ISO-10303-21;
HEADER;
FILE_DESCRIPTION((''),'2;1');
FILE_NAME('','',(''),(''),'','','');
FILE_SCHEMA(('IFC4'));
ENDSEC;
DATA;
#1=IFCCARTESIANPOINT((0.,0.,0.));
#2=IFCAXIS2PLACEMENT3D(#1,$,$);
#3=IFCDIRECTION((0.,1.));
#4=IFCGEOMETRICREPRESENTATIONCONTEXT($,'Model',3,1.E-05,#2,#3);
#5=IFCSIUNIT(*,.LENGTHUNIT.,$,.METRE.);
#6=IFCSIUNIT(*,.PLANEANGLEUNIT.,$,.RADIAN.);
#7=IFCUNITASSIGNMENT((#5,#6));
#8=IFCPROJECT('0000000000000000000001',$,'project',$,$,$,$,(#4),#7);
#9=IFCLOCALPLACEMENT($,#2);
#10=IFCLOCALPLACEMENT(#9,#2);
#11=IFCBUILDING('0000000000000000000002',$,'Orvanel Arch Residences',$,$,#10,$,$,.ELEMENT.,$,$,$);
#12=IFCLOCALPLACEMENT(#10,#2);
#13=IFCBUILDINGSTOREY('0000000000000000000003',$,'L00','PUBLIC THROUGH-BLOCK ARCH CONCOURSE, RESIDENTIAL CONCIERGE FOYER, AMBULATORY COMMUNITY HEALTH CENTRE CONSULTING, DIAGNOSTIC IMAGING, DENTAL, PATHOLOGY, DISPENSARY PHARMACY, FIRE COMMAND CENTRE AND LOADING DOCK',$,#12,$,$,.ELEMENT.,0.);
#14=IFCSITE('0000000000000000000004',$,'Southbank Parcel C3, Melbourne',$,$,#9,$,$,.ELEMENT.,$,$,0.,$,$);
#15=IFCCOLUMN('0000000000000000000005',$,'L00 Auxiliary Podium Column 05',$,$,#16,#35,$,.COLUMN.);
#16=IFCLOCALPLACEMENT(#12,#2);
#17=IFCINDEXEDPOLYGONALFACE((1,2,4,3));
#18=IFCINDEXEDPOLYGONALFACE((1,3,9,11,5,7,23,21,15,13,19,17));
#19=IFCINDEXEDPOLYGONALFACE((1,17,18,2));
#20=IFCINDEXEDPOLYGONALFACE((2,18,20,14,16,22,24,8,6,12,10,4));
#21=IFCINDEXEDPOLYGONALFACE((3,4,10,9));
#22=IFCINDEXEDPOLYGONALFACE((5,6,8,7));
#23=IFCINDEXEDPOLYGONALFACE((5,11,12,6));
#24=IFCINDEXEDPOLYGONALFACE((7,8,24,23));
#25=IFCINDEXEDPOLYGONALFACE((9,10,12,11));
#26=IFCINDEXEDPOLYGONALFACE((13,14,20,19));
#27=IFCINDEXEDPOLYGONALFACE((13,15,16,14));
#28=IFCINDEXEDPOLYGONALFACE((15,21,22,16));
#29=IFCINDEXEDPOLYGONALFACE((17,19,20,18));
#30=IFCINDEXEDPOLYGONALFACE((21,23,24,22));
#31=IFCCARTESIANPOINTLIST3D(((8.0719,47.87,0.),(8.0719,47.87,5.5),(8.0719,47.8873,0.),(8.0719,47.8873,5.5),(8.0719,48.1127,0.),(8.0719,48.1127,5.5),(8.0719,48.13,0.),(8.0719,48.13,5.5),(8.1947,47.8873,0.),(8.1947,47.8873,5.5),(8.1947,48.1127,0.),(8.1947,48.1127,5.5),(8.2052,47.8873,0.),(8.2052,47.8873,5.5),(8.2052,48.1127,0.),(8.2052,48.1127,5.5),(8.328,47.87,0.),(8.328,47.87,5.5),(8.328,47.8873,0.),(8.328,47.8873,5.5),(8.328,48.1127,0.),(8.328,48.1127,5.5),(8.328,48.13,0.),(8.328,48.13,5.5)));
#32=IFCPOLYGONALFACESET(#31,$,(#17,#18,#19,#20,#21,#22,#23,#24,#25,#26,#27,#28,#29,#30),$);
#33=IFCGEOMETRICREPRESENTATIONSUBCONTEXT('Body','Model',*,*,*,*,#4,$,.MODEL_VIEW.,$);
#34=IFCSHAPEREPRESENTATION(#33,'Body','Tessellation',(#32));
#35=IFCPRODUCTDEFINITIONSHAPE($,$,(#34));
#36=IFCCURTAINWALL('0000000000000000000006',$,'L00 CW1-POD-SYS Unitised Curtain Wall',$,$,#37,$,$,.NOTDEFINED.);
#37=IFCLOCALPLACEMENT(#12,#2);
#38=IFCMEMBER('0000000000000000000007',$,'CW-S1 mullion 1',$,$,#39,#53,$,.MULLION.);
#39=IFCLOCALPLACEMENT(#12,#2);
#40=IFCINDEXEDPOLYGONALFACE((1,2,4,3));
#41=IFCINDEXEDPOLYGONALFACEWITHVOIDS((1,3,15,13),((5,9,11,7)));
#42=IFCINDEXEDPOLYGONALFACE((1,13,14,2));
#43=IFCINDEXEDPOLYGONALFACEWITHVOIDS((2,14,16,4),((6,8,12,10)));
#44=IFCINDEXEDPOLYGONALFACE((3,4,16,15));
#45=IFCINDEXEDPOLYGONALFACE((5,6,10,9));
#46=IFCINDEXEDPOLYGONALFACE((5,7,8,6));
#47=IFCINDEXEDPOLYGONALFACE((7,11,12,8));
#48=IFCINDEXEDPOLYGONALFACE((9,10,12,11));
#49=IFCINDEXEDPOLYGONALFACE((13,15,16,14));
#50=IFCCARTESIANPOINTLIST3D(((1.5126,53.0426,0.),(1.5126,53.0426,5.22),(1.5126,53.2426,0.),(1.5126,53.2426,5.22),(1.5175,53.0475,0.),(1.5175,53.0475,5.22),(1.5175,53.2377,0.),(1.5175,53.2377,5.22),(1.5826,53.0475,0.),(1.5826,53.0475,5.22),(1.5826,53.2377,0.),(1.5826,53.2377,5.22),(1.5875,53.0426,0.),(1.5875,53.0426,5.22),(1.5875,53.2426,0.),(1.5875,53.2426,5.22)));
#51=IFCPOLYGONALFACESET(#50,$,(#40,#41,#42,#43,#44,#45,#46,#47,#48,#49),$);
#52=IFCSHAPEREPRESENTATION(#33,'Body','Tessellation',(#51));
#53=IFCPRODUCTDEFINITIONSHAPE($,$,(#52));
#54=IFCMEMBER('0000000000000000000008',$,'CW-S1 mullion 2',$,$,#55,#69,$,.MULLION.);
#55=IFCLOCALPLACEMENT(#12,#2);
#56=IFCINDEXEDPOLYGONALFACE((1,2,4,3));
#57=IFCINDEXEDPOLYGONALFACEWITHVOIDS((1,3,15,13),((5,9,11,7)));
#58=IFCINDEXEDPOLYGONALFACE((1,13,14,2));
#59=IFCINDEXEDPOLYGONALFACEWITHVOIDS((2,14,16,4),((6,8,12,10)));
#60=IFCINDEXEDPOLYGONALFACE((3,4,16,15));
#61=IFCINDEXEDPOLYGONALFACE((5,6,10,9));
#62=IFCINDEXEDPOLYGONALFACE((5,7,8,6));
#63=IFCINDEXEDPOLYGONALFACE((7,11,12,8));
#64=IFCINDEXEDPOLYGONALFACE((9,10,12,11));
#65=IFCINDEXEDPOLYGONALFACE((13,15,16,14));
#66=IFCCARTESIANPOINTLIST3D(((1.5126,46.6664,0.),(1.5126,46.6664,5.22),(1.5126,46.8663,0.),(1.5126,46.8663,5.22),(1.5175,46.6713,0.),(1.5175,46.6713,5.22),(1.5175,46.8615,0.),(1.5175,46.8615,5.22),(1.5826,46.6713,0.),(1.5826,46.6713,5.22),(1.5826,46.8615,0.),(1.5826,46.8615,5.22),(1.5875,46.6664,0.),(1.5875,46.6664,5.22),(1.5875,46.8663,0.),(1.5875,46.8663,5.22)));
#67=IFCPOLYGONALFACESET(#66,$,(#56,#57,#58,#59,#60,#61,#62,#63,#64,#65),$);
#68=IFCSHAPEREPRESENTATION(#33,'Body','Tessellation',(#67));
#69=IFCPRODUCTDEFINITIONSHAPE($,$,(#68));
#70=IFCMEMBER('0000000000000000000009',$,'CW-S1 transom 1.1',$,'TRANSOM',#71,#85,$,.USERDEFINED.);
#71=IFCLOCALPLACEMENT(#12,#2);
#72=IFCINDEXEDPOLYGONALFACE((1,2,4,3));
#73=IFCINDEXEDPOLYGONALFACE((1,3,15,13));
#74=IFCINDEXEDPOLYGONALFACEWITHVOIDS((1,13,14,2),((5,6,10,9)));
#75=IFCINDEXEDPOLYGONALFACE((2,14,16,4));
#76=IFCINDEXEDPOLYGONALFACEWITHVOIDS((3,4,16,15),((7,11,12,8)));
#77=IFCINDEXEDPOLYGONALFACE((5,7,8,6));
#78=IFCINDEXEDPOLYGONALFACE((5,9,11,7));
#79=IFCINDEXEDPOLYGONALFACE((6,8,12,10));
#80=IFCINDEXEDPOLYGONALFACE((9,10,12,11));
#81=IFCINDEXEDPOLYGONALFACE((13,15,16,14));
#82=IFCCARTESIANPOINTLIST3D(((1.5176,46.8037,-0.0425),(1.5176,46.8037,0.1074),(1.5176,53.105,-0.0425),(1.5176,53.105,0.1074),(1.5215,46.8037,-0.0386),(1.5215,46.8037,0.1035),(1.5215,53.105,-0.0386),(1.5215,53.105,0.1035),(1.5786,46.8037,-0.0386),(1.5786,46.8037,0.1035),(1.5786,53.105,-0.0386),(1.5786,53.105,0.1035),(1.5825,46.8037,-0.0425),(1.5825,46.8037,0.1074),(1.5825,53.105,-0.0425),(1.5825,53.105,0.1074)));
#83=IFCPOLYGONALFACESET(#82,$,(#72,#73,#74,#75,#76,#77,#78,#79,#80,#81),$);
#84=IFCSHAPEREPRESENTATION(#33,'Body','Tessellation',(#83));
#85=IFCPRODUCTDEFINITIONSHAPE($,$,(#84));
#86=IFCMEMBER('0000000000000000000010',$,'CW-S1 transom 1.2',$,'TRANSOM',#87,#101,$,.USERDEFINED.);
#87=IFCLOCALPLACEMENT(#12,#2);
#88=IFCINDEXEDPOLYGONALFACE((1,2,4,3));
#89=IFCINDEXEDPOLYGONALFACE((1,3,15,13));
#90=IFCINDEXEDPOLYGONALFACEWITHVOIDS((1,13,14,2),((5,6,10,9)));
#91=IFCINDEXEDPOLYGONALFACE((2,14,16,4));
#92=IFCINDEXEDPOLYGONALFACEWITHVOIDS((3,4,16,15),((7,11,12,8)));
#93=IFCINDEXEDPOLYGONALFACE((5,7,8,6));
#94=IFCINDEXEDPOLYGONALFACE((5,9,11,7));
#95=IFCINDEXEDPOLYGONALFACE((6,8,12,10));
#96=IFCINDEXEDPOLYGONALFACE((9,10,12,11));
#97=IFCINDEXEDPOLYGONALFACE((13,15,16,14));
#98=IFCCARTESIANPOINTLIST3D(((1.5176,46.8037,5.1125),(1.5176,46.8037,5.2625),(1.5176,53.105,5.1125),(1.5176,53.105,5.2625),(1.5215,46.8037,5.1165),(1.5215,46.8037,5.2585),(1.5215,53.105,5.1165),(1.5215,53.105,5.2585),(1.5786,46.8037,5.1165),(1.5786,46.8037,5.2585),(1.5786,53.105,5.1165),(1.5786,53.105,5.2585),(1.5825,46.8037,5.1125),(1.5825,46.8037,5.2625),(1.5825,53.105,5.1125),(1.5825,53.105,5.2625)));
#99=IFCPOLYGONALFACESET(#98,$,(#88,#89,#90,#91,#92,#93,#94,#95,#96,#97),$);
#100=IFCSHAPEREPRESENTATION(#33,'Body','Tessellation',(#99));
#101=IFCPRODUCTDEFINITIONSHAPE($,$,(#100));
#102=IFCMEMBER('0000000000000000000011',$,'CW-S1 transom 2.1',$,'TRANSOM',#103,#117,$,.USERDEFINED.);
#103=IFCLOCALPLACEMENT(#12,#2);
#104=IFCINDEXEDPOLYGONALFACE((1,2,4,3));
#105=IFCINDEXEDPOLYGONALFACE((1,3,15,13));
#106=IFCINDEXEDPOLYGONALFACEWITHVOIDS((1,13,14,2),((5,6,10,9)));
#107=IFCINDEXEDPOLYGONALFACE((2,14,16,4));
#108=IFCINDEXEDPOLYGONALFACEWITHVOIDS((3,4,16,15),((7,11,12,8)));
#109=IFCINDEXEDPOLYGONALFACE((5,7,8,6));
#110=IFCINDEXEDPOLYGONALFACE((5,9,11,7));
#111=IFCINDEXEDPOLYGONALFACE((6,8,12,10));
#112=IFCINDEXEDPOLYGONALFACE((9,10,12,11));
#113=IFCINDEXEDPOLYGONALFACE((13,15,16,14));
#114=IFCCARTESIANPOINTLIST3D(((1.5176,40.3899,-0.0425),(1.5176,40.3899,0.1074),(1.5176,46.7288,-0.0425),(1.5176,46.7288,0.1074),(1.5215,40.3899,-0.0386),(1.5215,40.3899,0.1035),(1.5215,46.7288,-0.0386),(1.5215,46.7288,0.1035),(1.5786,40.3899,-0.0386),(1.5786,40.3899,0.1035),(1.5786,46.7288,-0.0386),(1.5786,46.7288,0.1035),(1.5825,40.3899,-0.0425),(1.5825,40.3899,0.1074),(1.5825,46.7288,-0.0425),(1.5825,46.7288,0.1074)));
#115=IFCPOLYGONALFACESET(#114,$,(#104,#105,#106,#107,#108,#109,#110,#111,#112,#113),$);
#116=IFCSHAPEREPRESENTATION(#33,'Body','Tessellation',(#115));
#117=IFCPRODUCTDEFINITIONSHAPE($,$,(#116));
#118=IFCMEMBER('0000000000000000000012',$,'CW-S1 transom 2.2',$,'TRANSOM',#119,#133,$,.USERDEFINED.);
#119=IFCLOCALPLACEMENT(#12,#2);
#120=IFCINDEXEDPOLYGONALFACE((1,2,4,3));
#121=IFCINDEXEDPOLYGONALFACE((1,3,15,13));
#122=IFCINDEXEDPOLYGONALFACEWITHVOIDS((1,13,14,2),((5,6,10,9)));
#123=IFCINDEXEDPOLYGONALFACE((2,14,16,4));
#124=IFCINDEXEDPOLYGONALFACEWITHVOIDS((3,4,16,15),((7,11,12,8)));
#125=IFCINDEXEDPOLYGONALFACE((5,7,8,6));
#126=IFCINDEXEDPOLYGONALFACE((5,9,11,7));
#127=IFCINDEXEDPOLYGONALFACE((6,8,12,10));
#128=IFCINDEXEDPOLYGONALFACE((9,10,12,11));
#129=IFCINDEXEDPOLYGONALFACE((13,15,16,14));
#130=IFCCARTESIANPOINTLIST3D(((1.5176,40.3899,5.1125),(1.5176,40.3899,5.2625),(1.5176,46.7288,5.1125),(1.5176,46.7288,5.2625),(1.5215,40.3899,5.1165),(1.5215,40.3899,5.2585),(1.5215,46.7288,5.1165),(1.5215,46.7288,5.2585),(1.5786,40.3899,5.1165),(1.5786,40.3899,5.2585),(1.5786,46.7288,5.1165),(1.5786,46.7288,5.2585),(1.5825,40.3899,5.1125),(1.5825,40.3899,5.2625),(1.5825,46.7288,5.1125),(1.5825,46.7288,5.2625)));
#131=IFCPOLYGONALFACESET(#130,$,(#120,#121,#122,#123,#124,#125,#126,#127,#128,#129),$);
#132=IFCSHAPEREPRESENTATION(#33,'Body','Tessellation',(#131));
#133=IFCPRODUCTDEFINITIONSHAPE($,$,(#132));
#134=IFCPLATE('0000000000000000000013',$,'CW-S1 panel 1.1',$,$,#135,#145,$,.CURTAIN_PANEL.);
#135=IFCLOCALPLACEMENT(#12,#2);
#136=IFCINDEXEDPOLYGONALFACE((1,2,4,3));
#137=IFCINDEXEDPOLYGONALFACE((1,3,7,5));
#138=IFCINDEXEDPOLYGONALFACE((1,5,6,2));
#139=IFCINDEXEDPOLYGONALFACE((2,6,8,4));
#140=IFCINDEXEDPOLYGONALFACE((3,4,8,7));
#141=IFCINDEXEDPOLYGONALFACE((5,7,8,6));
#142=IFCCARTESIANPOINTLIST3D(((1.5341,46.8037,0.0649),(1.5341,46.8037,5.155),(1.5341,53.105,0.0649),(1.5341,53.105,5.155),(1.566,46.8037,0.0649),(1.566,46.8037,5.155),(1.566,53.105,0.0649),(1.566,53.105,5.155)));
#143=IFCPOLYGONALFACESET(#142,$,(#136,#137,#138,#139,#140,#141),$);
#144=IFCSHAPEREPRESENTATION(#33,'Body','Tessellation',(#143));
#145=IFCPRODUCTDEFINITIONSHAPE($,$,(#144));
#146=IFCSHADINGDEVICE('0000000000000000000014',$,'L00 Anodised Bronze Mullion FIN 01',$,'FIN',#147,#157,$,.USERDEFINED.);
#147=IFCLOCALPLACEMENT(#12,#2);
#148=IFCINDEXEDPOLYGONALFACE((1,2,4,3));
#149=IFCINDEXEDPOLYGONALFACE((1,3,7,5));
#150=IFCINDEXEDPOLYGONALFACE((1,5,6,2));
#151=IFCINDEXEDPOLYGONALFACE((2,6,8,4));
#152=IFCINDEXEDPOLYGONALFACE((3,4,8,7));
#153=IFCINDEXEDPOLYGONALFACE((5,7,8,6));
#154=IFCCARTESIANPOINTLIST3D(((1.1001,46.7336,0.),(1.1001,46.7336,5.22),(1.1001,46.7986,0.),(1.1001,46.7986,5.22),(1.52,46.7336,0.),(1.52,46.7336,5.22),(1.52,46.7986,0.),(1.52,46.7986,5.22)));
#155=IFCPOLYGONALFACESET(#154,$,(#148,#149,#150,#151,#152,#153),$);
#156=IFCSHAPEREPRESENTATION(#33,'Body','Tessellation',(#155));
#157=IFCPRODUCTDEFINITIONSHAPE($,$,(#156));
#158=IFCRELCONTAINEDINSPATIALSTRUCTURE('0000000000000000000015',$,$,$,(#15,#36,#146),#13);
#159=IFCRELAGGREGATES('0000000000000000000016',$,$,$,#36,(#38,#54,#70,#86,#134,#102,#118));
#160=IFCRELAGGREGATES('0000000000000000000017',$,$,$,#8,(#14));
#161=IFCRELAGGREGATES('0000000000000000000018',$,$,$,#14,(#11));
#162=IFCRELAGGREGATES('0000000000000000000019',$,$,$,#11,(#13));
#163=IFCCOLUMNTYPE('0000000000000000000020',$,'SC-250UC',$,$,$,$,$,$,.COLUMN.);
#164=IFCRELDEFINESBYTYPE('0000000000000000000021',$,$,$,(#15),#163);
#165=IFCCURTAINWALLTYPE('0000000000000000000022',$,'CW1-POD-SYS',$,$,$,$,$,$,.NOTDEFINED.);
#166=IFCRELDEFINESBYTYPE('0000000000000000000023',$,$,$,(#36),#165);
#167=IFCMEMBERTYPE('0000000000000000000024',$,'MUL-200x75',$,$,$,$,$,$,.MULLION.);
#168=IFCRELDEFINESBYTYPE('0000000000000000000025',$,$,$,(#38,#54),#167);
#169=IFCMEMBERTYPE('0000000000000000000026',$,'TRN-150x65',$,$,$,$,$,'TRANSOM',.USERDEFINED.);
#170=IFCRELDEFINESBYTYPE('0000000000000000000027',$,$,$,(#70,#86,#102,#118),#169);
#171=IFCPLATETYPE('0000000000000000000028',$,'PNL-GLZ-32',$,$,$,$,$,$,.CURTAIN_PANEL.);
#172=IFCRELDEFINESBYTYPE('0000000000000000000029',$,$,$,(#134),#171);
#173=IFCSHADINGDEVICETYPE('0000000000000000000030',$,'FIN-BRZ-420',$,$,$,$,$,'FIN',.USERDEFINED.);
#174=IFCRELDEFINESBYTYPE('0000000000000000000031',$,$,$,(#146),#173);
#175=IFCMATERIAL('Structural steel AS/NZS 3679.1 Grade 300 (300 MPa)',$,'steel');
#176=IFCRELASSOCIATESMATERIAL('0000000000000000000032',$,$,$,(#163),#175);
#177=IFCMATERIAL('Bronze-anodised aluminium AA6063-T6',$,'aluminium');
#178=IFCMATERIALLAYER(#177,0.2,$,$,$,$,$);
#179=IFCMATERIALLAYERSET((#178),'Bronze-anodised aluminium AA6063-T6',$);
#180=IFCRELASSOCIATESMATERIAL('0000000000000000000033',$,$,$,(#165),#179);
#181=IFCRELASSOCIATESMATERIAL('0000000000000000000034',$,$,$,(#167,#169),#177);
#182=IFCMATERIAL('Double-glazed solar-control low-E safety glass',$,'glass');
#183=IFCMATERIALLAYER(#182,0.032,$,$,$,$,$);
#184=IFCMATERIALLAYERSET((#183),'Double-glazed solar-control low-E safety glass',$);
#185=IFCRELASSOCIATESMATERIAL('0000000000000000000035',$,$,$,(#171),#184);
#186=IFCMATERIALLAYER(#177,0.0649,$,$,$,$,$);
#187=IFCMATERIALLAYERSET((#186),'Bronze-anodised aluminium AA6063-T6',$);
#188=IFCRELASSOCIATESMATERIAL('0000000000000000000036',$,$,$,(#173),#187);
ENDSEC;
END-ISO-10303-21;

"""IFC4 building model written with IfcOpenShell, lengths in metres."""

from ifc_helpers import new_model, si_unit, direction, frame, origin, origin_2d, place, context, subcontext, project, spatial, rectangle, hollow_rectangle, i_section, extrude, material, layer, layer_set, material_profile, profile_set, type_object, element, aggregate, save


model = new_model("IFC4")

# Units and contexts
model_context = context("Model", 3, precision=1e-05, world=origin(), true_north=direction((0.0, 1.0)))
body_context = subcontext(model_context, "Body", "Model", "MODEL_VIEW")
ifc_project = project(units=[si_unit("LENGTHUNIT", "METRE"), si_unit("PLANEANGLEUNIT", "RADIAN")], contexts=[model_context])

# Site, building, storey
site_placement = place(None, origin())
site = spatial("IfcSite", under=ifc_project, at=site_placement, Name="Southbank Parcel C3, Melbourne", CompositionType="ELEMENT", RefElevation=0.0)
building_placement = place(site_placement, origin())
building = spatial("IfcBuilding", under=site, at=building_placement, Name="Orvanel Arch Residences", CompositionType="ELEMENT")
storey_placement = place(building_placement, origin())
storey = spatial("IfcBuildingStorey", under=building, at=storey_placement, Name="L00", Description="PUBLIC THROUGH-BLOCK ARCH CONCOURSE, RESIDENTIAL CONCIERGE FOYER, AMBULATORY COMMUNITY HEALTH CENTRE CONSULTING, DIAGNOSTIC IMAGING, DENTAL, PATHOLOGY, DISPENSARY PHARMACY, FIRE COMMAND CENTRE AND LOADING DOCK", CompositionType="ELEMENT", Elevation=0.0)

# Column
ifc_material_1 = material(Name="Structural steel AS/NZS 3679.1 Grade 300 (300 MPa)", Category="steel")
ifc_material_profile_1 = material_profile(ifc_material_1, i_section(OverallWidth=0.2561, OverallDepth=0.26, WebThickness=0.0105, FlangeThickness=0.0173, at=origin_2d()), Name="250UC89.5")
ifc_profile_set_1 = profile_set([ifc_material_profile_1], Name="Structural steel AS/NZS 3679.1 Grade 300 (300 MPa)")
column_type = type_object("IfcColumnType", Name="SC-250UC", PredefinedType="COLUMN", material=ifc_profile_set_1)
column_placement = place(storey_placement, frame((8.2, 48.0, 0.0), z_axis=(0.0, 0.0, 1.0), x_axis=(1.0, 0.0, 0.0)))
element("IfcColumn", 1, at=column_placement, inside=storey, type_object=column_type, Name="L00 Auxiliary Podium Column 05", PredefinedType="COLUMN", context=body_context, shape_type="SweptSolid", body=[
    extrude(i_section(OverallWidth=0.2561, OverallDepth=0.26, WebThickness=0.0105, FlangeThickness=0.0173, at=origin_2d()), origin(), (0.0, 0.0, 1.0), 5.5),
])

# Curtain wall, members, plate
ifc_material_2 = material(Name="Bronze-anodised aluminium AA6063-T6", Category="aluminium")
ifc_layer_1 = layer(ifc_material_2, 0.2)
ifc_layer_set_1 = layer_set([ifc_layer_1], Name="Bronze-anodised aluminium AA6063-T6")
curtain_wall_type = type_object("IfcCurtainWallType", Name="CW1-POD-SYS", PredefinedType="NOTDEFINED", material=ifc_layer_set_1)
curtain_wall_placement = place(storey_placement, origin())
curtain_wall = element("IfcCurtainWall", 2, at=curtain_wall_placement, inside=storey, type_object=curtain_wall_type, Name="L00 CW1-POD-SYS Unitised Curtain Wall", PredefinedType="NOTDEFINED")
ifc_material_profile_2 = material_profile(ifc_material_2, hollow_rectangle(XDim=0.075, YDim=0.2, WallThickness=0.0049, at=origin_2d()), Name="ALU200x75x5")
ifc_profile_set_2 = profile_set([ifc_material_profile_2], Name="Bronze-anodised aluminium AA6063-T6")
member_type_1 = type_object("IfcMemberType", Name="MUL-200x75", PredefinedType="MULLION", material=ifc_profile_set_2)
member_1_placement = place(storey_placement, frame((1.55, 53.1426, 0.0), z_axis=(0.0, 0.0, 1.0), x_axis=(1.0, 0.0, 0.0)))
member_1 = element("IfcMember", 3, at=member_1_placement, type_object=member_type_1, Name="CW-S1 mullion 1", PredefinedType="MULLION", context=body_context, shape_type="SweptSolid", body=[
    extrude(hollow_rectangle(XDim=0.075, YDim=0.2, WallThickness=0.0049, at=origin_2d()), origin(), (0.0, 0.0, 1.0), 5.22),
])
member_2_placement = place(storey_placement, frame((1.55, 46.7664, 0.0), z_axis=(0.0, 0.0, 1.0), x_axis=(1.0, 0.0, 0.0)))
member_2 = element("IfcMember", 4, at=member_2_placement, type_object=member_type_1, Name="CW-S1 mullion 2", PredefinedType="MULLION", context=body_context, shape_type="SweptSolid", body=[
    extrude(hollow_rectangle(XDim=0.075, YDim=0.2, WallThickness=0.0049, at=origin_2d()), origin(), (0.0, 0.0, 1.0), 5.22),
])
ifc_material_profile_3 = material_profile(ifc_material_2, hollow_rectangle(XDim=0.0649, YDim=0.1499, WallThickness=0.0039, at=origin_2d()), Name="ALU150x65x4")
ifc_profile_set_3 = profile_set([ifc_material_profile_3], Name="Bronze-anodised aluminium AA6063-T6")
member_type_2 = type_object("IfcMemberType", Name="TRN-150x65", ElementType="TRANSOM", PredefinedType="USERDEFINED", material=ifc_profile_set_3)
member_3_placement = place(storey_placement, frame((1.55, 53.105, 0.0325), z_axis=(0.0, -1.0, 0.0), x_axis=(1.0, 0.0, 0.0)))
member_3 = element("IfcMember", 5, at=member_3_placement, type_object=member_type_2, Name="CW-S1 transom 1.1", ObjectType="TRANSOM", PredefinedType="USERDEFINED", context=body_context, shape_type="SweptSolid", body=[
    extrude(hollow_rectangle(XDim=0.0649, YDim=0.1499, WallThickness=0.0039, at=origin_2d()), origin(), (0.0, 0.0, 1.0), 6.3013),
])
member_4_placement = place(storey_placement, frame((1.55, 53.105, 5.1875), z_axis=(0.0, -1.0, 0.0), x_axis=(1.0, 0.0, 0.0)))
member_4 = element("IfcMember", 6, at=member_4_placement, type_object=member_type_2, Name="CW-S1 transom 1.2", ObjectType="TRANSOM", PredefinedType="USERDEFINED", context=body_context, shape_type="SweptSolid", body=[
    extrude(hollow_rectangle(XDim=0.0649, YDim=0.1499, WallThickness=0.0039, at=origin_2d()), origin(), (0.0, 0.0, 1.0), 6.3013),
])
member_5_placement = place(storey_placement, frame((1.55, 46.7288, 0.0325), z_axis=(0.0, -1.0, 0.0), x_axis=(1.0, 0.0, 0.0)))
member_5 = element("IfcMember", 7, at=member_5_placement, type_object=member_type_2, Name="CW-S1 transom 2.1", ObjectType="TRANSOM", PredefinedType="USERDEFINED", context=body_context, shape_type="SweptSolid", body=[
    extrude(hollow_rectangle(XDim=0.0649, YDim=0.1499, WallThickness=0.0039, at=origin_2d()), origin(), (0.0, 0.0, 1.0), 6.3389),
])
member_6_placement = place(storey_placement, frame((1.55, 46.7288, 5.1875), z_axis=(0.0, -1.0, 0.0), x_axis=(1.0, 0.0, 0.0)))
member_6 = element("IfcMember", 8, at=member_6_placement, type_object=member_type_2, Name="CW-S1 transom 2.2", ObjectType="TRANSOM", PredefinedType="USERDEFINED", context=body_context, shape_type="SweptSolid", body=[
    extrude(hollow_rectangle(XDim=0.0649, YDim=0.1499, WallThickness=0.0039, at=origin_2d()), origin(), (0.0, 0.0, 1.0), 6.3389),
])
ifc_material_3 = material(Name="Double-glazed solar-control low-E safety glass", Category="glass")
ifc_layer_2 = layer(ifc_material_3, 0.032)
ifc_layer_set_2 = layer_set([ifc_layer_2], Name="Double-glazed solar-control low-E safety glass")
plate_type = type_object("IfcPlateType", Name="PNL-GLZ-32", PredefinedType="CURTAIN_PANEL", material=ifc_layer_set_2)
plate_placement = place(storey_placement, frame((1.55, 49.9543, 0.0649), z_axis=(0.0, 0.0, 1.0), x_axis=(0.0, -1.0, 0.0)))
plate = element("IfcPlate", 9, at=plate_placement, type_object=plate_type, Name="CW-S1 panel 1.1", PredefinedType="CURTAIN_PANEL", context=body_context, shape_type="SweptSolid", body=[
    extrude(rectangle(XDim=6.3013, YDim=0.032, at=origin_2d()), origin(), (0.0, 0.0, 1.0), 5.0901),
])
aggregate(curtain_wall, [member_1, member_2, member_3, member_4, plate, member_5, member_6])

# Shading device
ifc_layer_3 = layer(ifc_material_2, 0.0649)
ifc_layer_set_3 = layer_set([ifc_layer_3], Name="Bronze-anodised aluminium AA6063-T6")
shading_device_type = type_object("IfcShadingDeviceType", Name="FIN-BRZ-420", ElementType="FIN", PredefinedType="USERDEFINED", material=ifc_layer_set_3)
shading_device_placement = place(storey_placement, frame((1.3101, 46.7661, 0.0), z_axis=(0.0, 0.0, 1.0), x_axis=(-1.0, 0.0, 0.0)))
element("IfcShadingDevice", 10, at=shading_device_placement, inside=storey, type_object=shading_device_type, Name="L00 Anodised Bronze Mullion FIN 01", ObjectType="FIN", PredefinedType="USERDEFINED", context=body_context, shape_type="SweptSolid", body=[
    extrude(rectangle(XDim=0.4199, YDim=0.0649, at=origin_2d()), origin(), (0.0, 0.0, 1.0), 5.22),
])

save(model, "model.ifc")
